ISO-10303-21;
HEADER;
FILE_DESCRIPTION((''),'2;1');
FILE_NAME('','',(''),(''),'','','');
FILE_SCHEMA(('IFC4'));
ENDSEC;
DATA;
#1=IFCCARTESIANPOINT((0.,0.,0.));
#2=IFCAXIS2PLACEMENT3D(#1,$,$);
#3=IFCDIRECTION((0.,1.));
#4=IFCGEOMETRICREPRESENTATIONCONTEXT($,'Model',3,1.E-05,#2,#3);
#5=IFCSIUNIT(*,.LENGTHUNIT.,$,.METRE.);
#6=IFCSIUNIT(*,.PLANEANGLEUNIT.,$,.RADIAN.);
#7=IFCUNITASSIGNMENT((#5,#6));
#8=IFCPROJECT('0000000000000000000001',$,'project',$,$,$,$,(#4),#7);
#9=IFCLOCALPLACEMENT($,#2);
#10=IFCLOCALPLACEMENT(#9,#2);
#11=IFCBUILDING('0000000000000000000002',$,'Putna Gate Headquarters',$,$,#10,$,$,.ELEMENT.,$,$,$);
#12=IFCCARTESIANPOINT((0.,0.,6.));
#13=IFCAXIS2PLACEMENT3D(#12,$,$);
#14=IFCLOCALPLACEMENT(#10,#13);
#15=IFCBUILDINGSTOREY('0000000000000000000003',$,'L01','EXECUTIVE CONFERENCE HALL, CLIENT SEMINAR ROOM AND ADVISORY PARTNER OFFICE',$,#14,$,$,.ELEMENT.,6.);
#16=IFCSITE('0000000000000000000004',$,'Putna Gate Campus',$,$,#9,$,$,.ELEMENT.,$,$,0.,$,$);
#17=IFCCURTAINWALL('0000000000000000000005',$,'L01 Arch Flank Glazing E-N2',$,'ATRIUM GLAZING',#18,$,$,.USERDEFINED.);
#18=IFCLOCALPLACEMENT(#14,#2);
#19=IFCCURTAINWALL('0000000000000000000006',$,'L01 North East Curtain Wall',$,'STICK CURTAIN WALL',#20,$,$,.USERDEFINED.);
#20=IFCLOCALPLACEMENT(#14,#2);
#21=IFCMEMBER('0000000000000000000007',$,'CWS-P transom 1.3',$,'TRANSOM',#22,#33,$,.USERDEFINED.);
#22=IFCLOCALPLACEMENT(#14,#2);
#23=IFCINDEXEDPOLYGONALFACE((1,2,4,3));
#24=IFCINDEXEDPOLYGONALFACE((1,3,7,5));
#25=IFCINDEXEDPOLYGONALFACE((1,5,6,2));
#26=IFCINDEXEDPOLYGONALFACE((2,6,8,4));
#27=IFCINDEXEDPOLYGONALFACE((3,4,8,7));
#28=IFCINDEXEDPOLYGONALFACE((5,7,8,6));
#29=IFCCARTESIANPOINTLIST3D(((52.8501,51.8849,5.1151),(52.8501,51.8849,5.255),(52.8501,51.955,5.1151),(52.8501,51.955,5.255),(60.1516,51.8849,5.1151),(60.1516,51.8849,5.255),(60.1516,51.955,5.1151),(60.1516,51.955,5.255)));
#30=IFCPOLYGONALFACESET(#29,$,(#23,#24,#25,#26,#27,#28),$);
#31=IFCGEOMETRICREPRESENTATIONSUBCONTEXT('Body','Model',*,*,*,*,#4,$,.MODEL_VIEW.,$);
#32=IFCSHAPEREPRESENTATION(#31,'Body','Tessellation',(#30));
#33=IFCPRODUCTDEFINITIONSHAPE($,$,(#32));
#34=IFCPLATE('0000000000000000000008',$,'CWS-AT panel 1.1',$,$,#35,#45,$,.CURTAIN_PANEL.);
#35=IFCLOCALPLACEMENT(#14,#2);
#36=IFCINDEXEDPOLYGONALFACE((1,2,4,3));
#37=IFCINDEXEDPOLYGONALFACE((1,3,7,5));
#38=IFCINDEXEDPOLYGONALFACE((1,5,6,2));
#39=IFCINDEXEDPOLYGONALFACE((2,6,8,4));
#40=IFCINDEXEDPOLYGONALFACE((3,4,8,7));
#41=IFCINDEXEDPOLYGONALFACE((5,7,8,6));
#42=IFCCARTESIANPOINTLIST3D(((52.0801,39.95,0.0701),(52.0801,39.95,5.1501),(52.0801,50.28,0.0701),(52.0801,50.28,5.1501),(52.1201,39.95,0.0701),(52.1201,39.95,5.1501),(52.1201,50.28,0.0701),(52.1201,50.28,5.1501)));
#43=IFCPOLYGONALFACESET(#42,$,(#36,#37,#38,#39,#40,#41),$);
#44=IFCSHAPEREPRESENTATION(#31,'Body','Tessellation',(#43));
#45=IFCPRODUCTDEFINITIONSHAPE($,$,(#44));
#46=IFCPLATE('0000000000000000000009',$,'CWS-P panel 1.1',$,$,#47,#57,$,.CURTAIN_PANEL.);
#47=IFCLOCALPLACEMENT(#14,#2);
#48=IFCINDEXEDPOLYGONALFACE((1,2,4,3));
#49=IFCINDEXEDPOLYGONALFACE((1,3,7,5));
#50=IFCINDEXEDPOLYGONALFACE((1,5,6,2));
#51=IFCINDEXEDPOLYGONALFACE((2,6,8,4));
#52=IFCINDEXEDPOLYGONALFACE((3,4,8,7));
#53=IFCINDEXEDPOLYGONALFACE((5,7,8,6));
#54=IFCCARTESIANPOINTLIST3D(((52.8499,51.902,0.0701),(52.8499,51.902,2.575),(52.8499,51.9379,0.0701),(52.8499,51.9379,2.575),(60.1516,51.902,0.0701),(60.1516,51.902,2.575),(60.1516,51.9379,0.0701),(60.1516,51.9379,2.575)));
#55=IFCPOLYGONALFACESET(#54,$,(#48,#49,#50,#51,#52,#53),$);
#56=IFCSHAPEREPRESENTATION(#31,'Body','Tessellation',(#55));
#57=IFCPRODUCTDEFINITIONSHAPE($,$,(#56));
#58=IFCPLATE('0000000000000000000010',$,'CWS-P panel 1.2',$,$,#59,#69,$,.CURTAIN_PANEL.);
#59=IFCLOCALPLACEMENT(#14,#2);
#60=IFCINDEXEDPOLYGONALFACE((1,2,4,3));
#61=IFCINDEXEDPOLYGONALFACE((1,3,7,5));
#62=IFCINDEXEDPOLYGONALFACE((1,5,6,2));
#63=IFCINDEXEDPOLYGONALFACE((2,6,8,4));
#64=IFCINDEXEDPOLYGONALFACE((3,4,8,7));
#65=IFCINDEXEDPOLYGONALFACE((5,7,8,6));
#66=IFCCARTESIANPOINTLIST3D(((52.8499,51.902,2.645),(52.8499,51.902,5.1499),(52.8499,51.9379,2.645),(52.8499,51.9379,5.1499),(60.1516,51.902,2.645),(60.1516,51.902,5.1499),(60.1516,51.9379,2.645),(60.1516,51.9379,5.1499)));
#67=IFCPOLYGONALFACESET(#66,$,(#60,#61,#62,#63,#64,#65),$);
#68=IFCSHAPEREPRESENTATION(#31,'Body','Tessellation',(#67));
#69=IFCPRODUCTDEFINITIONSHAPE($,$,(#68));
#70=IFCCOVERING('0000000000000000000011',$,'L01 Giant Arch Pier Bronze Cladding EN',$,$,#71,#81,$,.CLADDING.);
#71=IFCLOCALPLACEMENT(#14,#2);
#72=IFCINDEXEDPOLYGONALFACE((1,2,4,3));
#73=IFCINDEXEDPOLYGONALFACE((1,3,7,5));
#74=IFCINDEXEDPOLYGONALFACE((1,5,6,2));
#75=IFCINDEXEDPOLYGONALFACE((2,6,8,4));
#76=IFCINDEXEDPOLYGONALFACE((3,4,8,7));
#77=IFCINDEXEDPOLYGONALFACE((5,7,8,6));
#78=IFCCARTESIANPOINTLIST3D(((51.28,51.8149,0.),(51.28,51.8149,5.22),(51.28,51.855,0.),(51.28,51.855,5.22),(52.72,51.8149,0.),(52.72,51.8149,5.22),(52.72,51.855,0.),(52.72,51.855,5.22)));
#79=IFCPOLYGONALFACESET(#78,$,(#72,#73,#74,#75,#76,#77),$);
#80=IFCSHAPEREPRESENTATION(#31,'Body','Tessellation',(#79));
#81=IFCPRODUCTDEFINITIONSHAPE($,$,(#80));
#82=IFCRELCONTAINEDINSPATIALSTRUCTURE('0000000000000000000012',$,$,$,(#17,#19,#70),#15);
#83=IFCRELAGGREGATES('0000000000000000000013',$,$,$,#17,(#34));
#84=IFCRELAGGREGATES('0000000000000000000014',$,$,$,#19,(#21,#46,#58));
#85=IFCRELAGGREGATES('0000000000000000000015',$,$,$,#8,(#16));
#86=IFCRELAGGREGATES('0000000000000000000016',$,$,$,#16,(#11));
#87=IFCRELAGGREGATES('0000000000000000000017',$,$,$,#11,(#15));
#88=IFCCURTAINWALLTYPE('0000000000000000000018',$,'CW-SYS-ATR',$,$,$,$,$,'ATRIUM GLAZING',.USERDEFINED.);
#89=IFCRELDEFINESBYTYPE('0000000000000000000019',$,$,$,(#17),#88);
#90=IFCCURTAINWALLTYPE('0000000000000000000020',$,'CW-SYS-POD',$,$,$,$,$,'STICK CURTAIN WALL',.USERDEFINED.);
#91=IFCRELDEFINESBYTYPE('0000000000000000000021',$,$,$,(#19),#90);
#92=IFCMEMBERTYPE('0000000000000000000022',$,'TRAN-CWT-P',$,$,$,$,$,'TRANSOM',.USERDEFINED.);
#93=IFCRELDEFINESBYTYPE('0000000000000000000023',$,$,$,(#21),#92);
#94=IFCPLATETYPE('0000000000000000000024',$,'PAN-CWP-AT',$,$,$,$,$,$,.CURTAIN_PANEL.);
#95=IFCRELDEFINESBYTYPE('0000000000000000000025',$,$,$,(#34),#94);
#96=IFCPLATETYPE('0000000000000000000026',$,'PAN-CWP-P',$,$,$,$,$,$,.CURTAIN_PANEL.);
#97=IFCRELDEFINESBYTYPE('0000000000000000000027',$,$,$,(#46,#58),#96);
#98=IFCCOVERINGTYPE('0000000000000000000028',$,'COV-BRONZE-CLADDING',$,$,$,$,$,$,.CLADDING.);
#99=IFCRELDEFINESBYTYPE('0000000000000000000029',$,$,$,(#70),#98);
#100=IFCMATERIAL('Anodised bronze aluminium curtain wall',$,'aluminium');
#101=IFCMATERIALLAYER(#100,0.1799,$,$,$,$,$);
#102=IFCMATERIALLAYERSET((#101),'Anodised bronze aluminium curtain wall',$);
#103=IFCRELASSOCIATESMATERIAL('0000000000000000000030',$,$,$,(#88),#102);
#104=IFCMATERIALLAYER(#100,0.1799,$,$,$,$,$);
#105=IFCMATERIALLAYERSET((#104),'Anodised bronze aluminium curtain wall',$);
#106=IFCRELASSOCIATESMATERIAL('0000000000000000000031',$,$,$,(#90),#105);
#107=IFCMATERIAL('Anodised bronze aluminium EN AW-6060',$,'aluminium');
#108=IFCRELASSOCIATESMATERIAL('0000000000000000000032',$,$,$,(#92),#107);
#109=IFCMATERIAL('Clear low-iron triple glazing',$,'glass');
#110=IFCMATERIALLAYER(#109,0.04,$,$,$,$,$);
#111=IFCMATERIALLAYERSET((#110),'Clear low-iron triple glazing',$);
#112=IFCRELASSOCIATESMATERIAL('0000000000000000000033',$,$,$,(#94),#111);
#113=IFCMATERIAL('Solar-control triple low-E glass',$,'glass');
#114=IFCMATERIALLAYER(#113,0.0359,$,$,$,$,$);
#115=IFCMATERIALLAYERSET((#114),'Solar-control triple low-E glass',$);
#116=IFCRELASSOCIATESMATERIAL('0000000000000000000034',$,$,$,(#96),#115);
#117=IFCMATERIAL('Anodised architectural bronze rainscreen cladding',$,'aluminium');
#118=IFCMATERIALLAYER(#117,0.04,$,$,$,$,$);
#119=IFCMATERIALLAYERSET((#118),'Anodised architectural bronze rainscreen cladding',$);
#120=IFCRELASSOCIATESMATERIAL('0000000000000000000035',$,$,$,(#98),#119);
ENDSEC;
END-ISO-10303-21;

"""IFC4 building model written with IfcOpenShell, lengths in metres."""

from ifc_helpers import new_model, si_unit, direction, frame, origin, origin_2d, place, context, subcontext, project, spatial, rectangle, extrude, material, layer, layer_set, material_profile, profile_set, type_object, element, aggregate, save


model = new_model("IFC4")

# Units and contexts
model_context = context("Model", 3, precision=1e-05, world=origin(), true_north=direction((0.0, 1.0)))
body_context = subcontext(model_context, "Body", "Model", "MODEL_VIEW")
ifc_project = project(units=[si_unit("LENGTHUNIT", "METRE"), si_unit("PLANEANGLEUNIT", "RADIAN")], contexts=[model_context])

# Site, building, storey
site_placement = place(None, origin())
site = spatial("IfcSite", under=ifc_project, at=site_placement, Name="Putna Gate Campus", CompositionType="ELEMENT", RefElevation=0.0)
building_placement = place(site_placement, origin())
building = spatial("IfcBuilding", under=site, at=building_placement, Name="Putna Gate Headquarters", CompositionType="ELEMENT")
storey_placement = place(building_placement, frame((0.0, 0.0, 6.0)))
storey = spatial("IfcBuildingStorey", under=building, at=storey_placement, Name="L01", Description="EXECUTIVE CONFERENCE HALL, CLIENT SEMINAR ROOM AND ADVISORY PARTNER OFFICE", CompositionType="ELEMENT", Elevation=6.0)

# Curtain wall
ifc_material_1 = material(Name="Anodised bronze aluminium curtain wall", Category="aluminium")
ifc_layer_1 = layer(ifc_material_1, 0.1799)
ifc_layer_set_1 = layer_set([ifc_layer_1], Name="Anodised bronze aluminium curtain wall")
curtain_wall_type_1 = type_object("IfcCurtainWallType", Name="CW-SYS-ATR", ElementType="ATRIUM GLAZING", PredefinedType="USERDEFINED", material=ifc_layer_set_1)
curtain_wall_1_placement = place(storey_placement, origin())
curtain_wall_1 = element("IfcCurtainWall", 1, at=curtain_wall_1_placement, inside=storey, type_object=curtain_wall_type_1, Name="L01 Arch Flank Glazing E-N2", ObjectType="ATRIUM GLAZING", PredefinedType="USERDEFINED")
ifc_material_2 = material(Name="Anodised bronze aluminium EN AW-6060", Category="aluminium")

# Curtain wall
ifc_layer_2 = layer(ifc_material_1, 0.1799)
ifc_layer_set_2 = layer_set([ifc_layer_2], Name="Anodised bronze aluminium curtain wall")
curtain_wall_type_2 = type_object("IfcCurtainWallType", Name="CW-SYS-POD", ElementType="STICK CURTAIN WALL", PredefinedType="USERDEFINED", material=ifc_layer_set_2)
curtain_wall_2_placement = place(storey_placement, origin())
curtain_wall_2 = element("IfcCurtainWall", 2, at=curtain_wall_2_placement, inside=storey, type_object=curtain_wall_type_2, Name="L01 North East Curtain Wall", ObjectType="STICK CURTAIN WALL", PredefinedType="USERDEFINED")

# Member
ifc_material_profile_1 = material_profile(ifc_material_2, rectangle(XDim=0.0701, YDim=0.1399, at=origin_2d()), Name="Anodised bronze aluminium EN AW-6060")
ifc_profile_set_1 = profile_set([ifc_material_profile_1], Name="Anodised bronze aluminium EN AW-6060")
member_type_1 = type_object("IfcMemberType", Name="TRAN-CWT-P", ElementType="TRANSOM", PredefinedType="USERDEFINED", material=ifc_profile_set_1)
member_1_placement = place(storey_placement, frame((52.8501, 51.9199, 5.1851), z_axis=(1.0, 0.0, 0.0), x_axis=(0.0, 1.0, 0.0)))
member_1 = element("IfcMember", 3, at=member_1_placement, type_object=member_type_1, Name="CWS-P transom 1.3", ObjectType="TRANSOM", PredefinedType="USERDEFINED", context=body_context, shape_type="SweptSolid", body=[
    extrude(rectangle(XDim=0.0701, YDim=0.1399, at=origin_2d()), origin(), (0.0, 0.0, 1.0), 7.3015),
])

# Plates
ifc_material_3 = material(Name="Clear low-iron triple glazing", Category="glass")
ifc_layer_3 = layer(ifc_material_3, 0.04)
ifc_layer_set_3 = layer_set([ifc_layer_3], Name="Clear low-iron triple glazing")
plate_type_1 = type_object("IfcPlateType", Name="PAN-CWP-AT", PredefinedType="CURTAIN_PANEL", material=ifc_layer_set_3)
plate_1_placement = place(storey_placement, frame((52.1001, 45.115, 0.0701), z_axis=(0.0, 0.0, 1.0), x_axis=(0.0, 1.0, 0.0)))
plate_1 = element("IfcPlate", 4, at=plate_1_placement, type_object=plate_type_1, Name="CWS-AT panel 1.1", PredefinedType="CURTAIN_PANEL", context=body_context, shape_type="SweptSolid", body=[
    extrude(rectangle(XDim=10.3301, YDim=0.04, at=origin_2d()), origin(), (0.0, 0.0, 1.0), 5.0801),
])
aggregate(curtain_wall_1, [plate_1])
ifc_material_4 = material(Name="Solar-control triple low-E glass", Category="glass")
ifc_layer_4 = layer(ifc_material_4, 0.0359)
ifc_layer_set_4 = layer_set([ifc_layer_4], Name="Solar-control triple low-E glass")
plate_type_2 = type_object("IfcPlateType", Name="PAN-CWP-P", PredefinedType="CURTAIN_PANEL", material=ifc_layer_set_4)
plate_2_placement = place(storey_placement, frame((56.5007, 51.9199, 0.0701), z_axis=(0.0, 0.0, 1.0), x_axis=(1.0, 0.0, 0.0)))
plate_2 = element("IfcPlate", 5, at=plate_2_placement, type_object=plate_type_2, Name="CWS-P panel 1.1", PredefinedType="CURTAIN_PANEL", context=body_context, shape_type="SweptSolid", body=[
    extrude(rectangle(XDim=7.3018, YDim=0.0359, at=origin_2d()), origin(), (0.0, 0.0, 1.0), 2.5049),
])
plate_3_placement = place(storey_placement, frame((56.5007, 51.9199, 2.645), z_axis=(0.0, 0.0, 1.0), x_axis=(1.0, 0.0, 0.0)))
plate_3 = element("IfcPlate", 6, at=plate_3_placement, type_object=plate_type_2, Name="CWS-P panel 1.2", PredefinedType="CURTAIN_PANEL", context=body_context, shape_type="SweptSolid", body=[
    extrude(rectangle(XDim=7.3018, YDim=0.0359, at=origin_2d()), origin(), (0.0, 0.0, 1.0), 2.5049),
])
aggregate(curtain_wall_2, [member_1, plate_2, plate_3])

# Covering
ifc_material_5 = material(Name="Anodised architectural bronze rainscreen cladding", Category="aluminium")
ifc_layer_5 = layer(ifc_material_5, 0.04)
ifc_layer_set_5 = layer_set([ifc_layer_5], Name="Anodised architectural bronze rainscreen cladding")
covering_type = type_object("IfcCoveringType", Name="COV-BRONZE-CLADDING", PredefinedType="CLADDING", material=ifc_layer_set_5)
covering_placement = place(storey_placement, frame((52.0, 51.835, 0.0), z_axis=(0.0, 0.0, 1.0), x_axis=(1.0, 0.0, 0.0)))
element("IfcCovering", 7, at=covering_placement, inside=storey, type_object=covering_type, Name="L01 Giant Arch Pier Bronze Cladding EN", PredefinedType="CLADDING", context=body_context, shape_type="SweptSolid", body=[
    extrude(rectangle(XDim=1.4399, YDim=0.04, at=origin_2d()), origin(), (0.0, 0.0, 1.0), 5.22),
])

save(model, "model.ifc")
